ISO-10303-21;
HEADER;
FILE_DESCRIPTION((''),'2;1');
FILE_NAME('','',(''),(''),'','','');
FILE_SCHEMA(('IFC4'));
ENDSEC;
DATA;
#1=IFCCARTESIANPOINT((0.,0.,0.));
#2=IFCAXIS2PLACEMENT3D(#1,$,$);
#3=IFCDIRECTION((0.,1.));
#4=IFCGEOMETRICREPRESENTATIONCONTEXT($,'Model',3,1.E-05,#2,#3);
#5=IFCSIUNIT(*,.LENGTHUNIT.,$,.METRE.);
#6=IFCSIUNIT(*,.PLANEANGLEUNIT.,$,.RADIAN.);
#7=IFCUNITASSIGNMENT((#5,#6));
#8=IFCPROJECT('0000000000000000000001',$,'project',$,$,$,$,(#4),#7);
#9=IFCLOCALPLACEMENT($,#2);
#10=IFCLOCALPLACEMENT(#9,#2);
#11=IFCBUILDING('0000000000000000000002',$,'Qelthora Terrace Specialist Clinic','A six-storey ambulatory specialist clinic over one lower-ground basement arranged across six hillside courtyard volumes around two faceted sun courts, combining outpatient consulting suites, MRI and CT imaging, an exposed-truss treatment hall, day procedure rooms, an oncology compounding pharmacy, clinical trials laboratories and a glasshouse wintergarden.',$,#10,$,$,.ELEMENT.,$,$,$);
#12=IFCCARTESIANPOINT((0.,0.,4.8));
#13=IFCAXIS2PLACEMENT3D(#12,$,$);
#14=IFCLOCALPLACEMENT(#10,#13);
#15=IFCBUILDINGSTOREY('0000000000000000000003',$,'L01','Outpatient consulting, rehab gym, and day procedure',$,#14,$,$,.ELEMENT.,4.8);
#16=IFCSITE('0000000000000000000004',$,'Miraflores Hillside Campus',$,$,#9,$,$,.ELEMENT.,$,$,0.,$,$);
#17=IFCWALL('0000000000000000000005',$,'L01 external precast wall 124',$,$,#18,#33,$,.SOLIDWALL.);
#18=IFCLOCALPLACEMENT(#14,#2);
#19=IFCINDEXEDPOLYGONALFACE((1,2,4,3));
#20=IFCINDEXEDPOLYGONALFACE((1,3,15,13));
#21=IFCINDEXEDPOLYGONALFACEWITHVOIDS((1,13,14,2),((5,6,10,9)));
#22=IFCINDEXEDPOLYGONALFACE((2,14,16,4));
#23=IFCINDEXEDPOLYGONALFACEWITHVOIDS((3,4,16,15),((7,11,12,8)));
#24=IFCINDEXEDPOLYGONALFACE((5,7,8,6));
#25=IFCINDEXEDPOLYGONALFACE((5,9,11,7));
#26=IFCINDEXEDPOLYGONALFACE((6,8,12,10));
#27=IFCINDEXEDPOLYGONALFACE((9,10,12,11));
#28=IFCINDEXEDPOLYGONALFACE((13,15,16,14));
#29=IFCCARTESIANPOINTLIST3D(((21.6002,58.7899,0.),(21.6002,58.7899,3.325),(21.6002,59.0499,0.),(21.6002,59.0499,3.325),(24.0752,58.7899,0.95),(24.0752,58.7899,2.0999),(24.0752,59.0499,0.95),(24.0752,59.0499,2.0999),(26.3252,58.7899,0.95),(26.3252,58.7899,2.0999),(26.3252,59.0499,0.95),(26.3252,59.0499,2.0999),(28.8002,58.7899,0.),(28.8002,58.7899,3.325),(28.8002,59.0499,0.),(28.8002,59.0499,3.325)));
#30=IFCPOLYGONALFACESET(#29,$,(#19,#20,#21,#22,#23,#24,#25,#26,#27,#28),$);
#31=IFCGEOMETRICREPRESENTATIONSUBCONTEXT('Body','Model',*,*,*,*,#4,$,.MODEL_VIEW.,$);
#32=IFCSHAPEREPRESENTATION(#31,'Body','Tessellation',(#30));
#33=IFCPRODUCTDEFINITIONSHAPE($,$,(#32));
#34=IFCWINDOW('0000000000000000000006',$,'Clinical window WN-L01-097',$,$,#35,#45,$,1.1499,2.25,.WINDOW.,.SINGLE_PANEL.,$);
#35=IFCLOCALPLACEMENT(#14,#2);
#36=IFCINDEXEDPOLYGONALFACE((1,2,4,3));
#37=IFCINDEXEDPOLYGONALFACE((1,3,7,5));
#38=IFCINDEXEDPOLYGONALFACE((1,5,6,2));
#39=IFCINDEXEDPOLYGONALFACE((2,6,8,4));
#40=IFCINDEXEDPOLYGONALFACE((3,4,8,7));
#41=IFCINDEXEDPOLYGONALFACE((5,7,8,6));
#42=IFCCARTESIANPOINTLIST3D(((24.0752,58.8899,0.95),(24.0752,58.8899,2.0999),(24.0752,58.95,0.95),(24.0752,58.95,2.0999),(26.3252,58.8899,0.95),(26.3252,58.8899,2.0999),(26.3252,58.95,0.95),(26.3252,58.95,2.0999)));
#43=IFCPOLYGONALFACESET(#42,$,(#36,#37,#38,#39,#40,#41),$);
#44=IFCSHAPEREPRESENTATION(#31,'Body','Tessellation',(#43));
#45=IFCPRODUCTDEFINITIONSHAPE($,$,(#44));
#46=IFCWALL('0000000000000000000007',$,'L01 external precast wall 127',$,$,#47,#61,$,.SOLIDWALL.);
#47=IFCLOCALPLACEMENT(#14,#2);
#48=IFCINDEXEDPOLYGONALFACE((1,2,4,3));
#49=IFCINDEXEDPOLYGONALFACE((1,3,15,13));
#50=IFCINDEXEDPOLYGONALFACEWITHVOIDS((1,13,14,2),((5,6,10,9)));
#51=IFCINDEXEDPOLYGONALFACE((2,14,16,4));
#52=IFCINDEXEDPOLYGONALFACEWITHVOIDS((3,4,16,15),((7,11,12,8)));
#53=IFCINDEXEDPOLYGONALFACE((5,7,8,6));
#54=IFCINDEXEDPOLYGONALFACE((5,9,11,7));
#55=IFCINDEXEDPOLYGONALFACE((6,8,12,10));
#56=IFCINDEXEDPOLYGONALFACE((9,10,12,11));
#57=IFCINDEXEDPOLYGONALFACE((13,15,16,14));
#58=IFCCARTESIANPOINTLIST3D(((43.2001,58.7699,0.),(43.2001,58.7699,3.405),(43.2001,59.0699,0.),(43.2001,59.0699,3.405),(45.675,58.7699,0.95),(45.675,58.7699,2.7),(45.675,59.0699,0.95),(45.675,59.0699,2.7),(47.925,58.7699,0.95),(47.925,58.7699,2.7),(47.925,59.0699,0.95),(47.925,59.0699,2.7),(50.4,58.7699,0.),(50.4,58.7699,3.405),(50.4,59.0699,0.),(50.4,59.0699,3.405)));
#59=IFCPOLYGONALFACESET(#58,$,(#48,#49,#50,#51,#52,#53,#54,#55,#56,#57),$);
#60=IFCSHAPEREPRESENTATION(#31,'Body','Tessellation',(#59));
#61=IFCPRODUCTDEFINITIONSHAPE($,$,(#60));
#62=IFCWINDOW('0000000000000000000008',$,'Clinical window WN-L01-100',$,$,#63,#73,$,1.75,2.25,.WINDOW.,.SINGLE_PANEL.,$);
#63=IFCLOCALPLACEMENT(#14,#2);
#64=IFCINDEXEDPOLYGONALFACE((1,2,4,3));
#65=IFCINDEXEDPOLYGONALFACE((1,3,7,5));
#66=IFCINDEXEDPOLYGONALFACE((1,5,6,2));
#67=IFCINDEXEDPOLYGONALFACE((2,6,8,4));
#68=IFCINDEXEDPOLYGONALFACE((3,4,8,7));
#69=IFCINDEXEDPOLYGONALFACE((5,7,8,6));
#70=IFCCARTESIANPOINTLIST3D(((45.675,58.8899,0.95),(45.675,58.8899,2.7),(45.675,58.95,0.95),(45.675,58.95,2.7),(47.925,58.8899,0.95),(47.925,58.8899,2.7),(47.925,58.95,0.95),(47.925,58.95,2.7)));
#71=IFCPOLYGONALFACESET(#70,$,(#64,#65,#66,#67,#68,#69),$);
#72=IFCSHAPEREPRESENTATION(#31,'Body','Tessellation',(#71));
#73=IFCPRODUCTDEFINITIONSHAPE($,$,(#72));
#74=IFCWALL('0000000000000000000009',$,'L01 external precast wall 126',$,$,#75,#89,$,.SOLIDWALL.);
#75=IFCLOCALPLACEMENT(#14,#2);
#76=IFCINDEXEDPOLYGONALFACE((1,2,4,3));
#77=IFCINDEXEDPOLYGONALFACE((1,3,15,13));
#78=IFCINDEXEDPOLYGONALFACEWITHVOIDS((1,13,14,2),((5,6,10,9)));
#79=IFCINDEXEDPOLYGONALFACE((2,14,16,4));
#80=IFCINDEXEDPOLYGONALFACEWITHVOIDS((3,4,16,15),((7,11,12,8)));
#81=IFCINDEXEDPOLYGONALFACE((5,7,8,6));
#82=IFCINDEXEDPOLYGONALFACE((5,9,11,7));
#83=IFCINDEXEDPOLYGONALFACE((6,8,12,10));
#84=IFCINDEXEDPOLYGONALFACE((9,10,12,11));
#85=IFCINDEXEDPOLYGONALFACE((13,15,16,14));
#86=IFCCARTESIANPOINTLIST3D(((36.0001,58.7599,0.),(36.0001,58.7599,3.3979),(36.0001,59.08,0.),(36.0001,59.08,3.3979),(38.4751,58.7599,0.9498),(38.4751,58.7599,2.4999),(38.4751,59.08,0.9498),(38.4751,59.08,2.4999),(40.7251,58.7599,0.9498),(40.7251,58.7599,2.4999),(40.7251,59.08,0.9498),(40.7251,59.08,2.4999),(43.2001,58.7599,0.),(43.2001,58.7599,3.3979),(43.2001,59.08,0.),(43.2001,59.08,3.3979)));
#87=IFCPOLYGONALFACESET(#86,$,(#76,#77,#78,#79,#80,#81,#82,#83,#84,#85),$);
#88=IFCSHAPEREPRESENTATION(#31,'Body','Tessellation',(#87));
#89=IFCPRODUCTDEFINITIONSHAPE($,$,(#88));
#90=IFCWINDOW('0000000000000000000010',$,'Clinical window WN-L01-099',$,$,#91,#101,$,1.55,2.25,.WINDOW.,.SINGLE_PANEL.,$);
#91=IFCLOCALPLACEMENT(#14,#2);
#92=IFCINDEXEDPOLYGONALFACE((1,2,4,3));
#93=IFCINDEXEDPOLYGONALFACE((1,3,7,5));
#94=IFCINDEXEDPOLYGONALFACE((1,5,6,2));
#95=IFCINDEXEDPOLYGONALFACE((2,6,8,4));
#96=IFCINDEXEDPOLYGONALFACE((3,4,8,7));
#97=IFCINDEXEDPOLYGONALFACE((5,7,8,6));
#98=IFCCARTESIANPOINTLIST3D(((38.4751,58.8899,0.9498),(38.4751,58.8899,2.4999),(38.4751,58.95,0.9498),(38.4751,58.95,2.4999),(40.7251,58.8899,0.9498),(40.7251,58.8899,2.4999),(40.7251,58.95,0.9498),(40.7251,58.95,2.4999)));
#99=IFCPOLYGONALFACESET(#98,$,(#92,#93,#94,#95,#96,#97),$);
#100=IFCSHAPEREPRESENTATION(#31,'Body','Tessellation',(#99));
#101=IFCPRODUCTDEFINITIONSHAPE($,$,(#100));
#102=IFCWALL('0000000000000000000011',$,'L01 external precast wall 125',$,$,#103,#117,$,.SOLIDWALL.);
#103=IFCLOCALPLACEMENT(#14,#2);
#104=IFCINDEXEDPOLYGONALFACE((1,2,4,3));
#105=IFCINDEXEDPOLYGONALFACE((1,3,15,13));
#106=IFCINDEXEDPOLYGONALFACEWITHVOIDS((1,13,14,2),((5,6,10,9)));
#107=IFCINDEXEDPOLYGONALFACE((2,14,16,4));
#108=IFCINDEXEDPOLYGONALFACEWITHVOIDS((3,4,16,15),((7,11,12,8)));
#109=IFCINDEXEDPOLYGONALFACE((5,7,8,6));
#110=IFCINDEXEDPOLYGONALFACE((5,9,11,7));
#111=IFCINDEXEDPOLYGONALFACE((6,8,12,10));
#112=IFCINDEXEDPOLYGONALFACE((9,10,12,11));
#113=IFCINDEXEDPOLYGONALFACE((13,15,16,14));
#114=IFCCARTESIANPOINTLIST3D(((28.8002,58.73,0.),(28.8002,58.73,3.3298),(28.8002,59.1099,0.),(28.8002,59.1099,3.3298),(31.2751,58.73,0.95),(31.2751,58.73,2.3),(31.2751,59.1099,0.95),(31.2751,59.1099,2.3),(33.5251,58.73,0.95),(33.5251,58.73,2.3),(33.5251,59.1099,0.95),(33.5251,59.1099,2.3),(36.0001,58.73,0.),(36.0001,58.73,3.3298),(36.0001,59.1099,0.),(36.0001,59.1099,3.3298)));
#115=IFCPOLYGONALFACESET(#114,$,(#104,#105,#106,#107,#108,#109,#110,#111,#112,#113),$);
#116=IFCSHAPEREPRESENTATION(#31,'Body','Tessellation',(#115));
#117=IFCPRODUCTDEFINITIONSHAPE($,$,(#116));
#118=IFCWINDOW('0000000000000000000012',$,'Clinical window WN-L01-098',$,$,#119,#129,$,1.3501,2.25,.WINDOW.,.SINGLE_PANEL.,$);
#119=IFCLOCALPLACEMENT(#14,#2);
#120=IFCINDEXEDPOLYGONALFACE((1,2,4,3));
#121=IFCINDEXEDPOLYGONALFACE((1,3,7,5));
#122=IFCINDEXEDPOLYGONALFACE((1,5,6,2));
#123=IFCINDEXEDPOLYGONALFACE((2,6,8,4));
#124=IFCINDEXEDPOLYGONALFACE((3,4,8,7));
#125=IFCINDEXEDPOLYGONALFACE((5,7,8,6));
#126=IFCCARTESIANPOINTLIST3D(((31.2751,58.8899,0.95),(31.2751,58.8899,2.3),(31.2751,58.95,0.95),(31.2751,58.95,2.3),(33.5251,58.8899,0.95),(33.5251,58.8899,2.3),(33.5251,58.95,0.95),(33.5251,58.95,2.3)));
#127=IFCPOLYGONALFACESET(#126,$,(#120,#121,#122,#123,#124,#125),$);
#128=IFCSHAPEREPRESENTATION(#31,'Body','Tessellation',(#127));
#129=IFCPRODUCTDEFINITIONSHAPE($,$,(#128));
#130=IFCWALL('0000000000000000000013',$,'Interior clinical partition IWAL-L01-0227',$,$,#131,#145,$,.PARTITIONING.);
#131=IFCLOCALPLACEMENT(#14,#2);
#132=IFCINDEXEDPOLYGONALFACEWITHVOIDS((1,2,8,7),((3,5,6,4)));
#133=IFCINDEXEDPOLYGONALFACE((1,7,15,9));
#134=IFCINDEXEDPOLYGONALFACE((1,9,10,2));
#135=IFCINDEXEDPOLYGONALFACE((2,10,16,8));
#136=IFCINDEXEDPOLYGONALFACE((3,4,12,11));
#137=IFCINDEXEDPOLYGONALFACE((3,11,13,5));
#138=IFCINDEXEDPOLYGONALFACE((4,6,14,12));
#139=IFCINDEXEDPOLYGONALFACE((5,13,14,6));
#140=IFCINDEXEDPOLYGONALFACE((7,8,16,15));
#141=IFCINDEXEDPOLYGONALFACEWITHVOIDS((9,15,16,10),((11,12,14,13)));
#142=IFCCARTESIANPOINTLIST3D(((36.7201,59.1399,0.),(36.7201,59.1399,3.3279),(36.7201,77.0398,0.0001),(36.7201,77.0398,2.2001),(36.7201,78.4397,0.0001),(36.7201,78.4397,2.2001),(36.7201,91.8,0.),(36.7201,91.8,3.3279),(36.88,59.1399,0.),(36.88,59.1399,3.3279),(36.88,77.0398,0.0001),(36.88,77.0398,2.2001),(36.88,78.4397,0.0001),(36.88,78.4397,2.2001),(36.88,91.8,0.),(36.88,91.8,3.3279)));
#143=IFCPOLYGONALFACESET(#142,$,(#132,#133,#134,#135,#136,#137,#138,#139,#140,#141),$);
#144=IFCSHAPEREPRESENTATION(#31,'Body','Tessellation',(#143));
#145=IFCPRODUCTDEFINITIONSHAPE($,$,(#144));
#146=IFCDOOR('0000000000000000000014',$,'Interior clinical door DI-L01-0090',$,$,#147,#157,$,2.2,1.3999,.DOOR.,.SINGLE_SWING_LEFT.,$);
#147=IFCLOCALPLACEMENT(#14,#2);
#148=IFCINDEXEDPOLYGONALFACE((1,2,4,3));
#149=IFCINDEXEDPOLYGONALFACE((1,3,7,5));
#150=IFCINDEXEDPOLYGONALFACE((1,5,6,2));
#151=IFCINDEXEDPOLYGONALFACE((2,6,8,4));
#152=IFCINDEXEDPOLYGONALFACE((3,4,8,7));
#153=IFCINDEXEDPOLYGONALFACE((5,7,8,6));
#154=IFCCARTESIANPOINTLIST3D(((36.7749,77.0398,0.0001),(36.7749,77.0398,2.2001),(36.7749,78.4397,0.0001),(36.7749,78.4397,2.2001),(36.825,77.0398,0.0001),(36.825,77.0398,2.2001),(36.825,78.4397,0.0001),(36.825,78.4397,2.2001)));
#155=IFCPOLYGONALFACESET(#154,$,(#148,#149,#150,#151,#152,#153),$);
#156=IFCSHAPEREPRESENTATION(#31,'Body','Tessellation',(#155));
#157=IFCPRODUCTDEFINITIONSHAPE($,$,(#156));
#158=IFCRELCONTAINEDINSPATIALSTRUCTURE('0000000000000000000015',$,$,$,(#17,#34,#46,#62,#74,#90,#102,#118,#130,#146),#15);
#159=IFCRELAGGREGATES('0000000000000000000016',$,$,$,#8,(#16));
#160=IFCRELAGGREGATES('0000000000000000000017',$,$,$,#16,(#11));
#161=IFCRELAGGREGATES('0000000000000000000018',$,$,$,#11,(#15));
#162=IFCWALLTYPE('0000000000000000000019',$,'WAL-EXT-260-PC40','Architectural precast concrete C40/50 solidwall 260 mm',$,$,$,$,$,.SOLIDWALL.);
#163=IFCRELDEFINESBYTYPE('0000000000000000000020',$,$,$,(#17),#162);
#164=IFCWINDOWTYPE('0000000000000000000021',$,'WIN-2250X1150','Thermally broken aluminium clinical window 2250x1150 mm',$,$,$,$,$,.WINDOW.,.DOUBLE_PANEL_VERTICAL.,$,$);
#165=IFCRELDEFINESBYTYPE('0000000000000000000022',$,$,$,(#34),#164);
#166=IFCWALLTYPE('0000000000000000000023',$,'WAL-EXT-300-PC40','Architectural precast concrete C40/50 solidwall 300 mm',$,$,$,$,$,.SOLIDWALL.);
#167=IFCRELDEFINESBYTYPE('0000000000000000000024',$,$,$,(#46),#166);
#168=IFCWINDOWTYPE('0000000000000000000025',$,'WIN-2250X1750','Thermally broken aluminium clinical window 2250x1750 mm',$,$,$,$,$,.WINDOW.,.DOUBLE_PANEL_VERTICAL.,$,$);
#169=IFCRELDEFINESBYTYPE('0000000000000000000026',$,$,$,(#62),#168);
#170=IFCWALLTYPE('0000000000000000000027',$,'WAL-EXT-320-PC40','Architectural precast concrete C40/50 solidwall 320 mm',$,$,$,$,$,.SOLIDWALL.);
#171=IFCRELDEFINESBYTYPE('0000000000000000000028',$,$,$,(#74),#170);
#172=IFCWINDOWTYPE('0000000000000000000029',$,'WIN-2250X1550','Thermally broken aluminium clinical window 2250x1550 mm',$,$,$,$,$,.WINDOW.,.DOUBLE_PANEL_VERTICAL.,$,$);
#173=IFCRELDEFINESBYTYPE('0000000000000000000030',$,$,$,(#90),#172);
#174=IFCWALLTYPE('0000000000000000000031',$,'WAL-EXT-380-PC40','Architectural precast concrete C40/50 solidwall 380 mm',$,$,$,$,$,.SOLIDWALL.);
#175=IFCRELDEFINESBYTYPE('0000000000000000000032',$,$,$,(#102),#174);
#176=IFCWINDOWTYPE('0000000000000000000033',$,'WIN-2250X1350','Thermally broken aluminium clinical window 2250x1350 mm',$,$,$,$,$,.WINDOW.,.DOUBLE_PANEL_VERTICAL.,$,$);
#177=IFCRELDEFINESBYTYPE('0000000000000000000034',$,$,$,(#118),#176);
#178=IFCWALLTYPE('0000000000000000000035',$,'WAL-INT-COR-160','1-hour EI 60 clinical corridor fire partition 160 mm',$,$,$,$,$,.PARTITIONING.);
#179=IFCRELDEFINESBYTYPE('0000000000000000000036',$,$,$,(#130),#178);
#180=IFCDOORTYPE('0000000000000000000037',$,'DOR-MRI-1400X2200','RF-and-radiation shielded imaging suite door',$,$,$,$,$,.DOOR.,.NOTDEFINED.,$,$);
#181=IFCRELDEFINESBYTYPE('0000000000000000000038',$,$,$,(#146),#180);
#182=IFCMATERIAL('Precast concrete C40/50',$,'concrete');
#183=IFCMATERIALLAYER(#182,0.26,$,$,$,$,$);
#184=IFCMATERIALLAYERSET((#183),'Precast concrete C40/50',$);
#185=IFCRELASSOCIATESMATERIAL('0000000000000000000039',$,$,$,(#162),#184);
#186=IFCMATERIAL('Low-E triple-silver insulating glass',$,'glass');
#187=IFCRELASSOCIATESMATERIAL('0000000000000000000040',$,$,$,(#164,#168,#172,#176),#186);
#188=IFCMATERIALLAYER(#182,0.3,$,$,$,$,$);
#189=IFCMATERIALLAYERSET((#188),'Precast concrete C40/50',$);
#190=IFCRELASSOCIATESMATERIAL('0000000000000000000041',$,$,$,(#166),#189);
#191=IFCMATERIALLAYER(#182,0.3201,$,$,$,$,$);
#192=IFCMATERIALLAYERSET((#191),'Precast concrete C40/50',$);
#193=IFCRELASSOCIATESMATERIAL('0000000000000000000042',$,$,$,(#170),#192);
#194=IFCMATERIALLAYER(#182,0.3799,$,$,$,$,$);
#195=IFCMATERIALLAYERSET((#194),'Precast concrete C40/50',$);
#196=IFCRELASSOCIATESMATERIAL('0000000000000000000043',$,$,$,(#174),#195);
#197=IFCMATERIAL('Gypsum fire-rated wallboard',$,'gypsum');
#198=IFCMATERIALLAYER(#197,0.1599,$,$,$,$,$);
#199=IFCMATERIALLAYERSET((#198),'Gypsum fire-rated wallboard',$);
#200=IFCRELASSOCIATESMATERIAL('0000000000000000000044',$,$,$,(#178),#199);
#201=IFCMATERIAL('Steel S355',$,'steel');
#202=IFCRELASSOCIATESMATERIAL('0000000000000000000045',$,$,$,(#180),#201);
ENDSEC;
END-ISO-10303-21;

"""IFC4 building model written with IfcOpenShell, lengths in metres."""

from ifc_helpers import new_model, si_unit, direction, frame, frame_2d, origin, place, context, subcontext, project, spatial, rectangle, extrude, material, layer, layer_set, type_object, element, fill, save


model = new_model("IFC4")

# Units and contexts
model_context = context("Model", 3, precision=1e-05, world=origin(), true_north=direction((0.0, 1.0)))
body_context = subcontext(model_context, "Body", "Model", "MODEL_VIEW")
ifc_project = project(units=[si_unit("LENGTHUNIT", "METRE"), si_unit("PLANEANGLEUNIT", "RADIAN")], contexts=[model_context])

# Site, building, storey
site_placement = place(None, origin())
site = spatial("IfcSite", under=ifc_project, at=site_placement, Name="Miraflores Hillside Campus", CompositionType="ELEMENT", RefElevation=0.0)
building_placement = place(site_placement, origin())
building = spatial("IfcBuilding", under=site, at=building_placement, Name="Qelthora Terrace Specialist Clinic", Description="A six-storey ambulatory specialist clinic over one lower-ground basement arranged across six hillside courtyard volumes around two faceted sun courts, combining outpatient consulting suites, MRI and CT imaging, an exposed-truss treatment hall, day procedure rooms, an oncology compounding pharmacy, clinical trials laboratories and a glasshouse wintergarden.", CompositionType="ELEMENT")
storey_placement = place(building_placement, frame((0.0, 0.0, 4.8)))
storey = spatial("IfcBuildingStorey", under=building, at=storey_placement, Name="L01", Description="Outpatient consulting, rehab gym, and day procedure", CompositionType="ELEMENT", Elevation=4.8)

# Shared definitions
ifc_material_1 = material(Name="Steel S355", Category="steel")

# Walls, openings, windows
ifc_material_2 = material(Name="Precast concrete C40/50", Category="concrete")
ifc_layer_1 = layer(ifc_material_2, 0.26)
ifc_layer_set_1 = layer_set([ifc_layer_1], Name="Precast concrete C40/50")
wall_type_1 = type_object("IfcWallType", Name="WAL-EXT-260-PC40", Description="Architectural precast concrete C40/50 solidwall 260 mm", PredefinedType="SOLIDWALL", material=ifc_layer_set_1)
wall_1_placement = place(storey_placement, frame((21.6001, 58.9199, 0.0), z_axis=(0.0, 0.0, 1.0), x_axis=(1.0, 0.0, 0.0)))
wall_1 = element("IfcWall", 1, at=wall_1_placement, inside=storey, type_object=wall_type_1, Name="L01 external precast wall 124", PredefinedType="SOLIDWALL", context=body_context, shape_type="SweptSolid", body=[
    extrude(rectangle(XDim=7.2, YDim=0.26, at=frame_2d((3.6001, 0.0))), origin(), (0.0, 0.0, 1.0), 3.325),
])
opening_1_placement = place(wall_1_placement, frame((2.4751, 0.0, 0.95)))
opening_1 = element("IfcOpeningElement", 2, at=opening_1_placement, cuts=wall_1, PredefinedType="OPENING", context=body_context, shape_type="SweptSolid", body=[
    extrude(rectangle(XDim=2.25, YDim=1.1499, at=frame_2d((1.125, 0.575))), frame((0.0, 0.1399, 0.0), z_axis=(0.0, -1.0, 0.0), x_axis=(1.0, 0.0, 0.0)), (0.0, 0.0, 1.0), 0.28),
])
ifc_material_3 = material(Name="Low-E triple-silver insulating glass", Category="glass")
window_type_1 = type_object("IfcWindowType", Name="WIN-2250X1150", Description="Thermally broken aluminium clinical window 2250x1150 mm", PartitioningType="DOUBLE_PANEL_VERTICAL", PredefinedType="WINDOW", material=ifc_material_3)
window_1_placement = place(opening_1_placement, origin())
window_1 = element("IfcWindow", 3, at=window_1_placement, inside=storey, type_object=window_type_1, Name="Clinical window WN-L01-097", OverallHeight=1.1499, OverallWidth=2.25, PartitioningType="SINGLE_PANEL", PredefinedType="WINDOW", context=body_context, shape_type="SweptSolid", body=[
    extrude(rectangle(XDim=2.25, YDim=1.1499, at=frame_2d((1.125, 0.575))), frame((0.0, 0.03, 0.0), z_axis=(0.0, -1.0, 0.0), x_axis=(1.0, 0.0, 0.0)), (0.0, 0.0, 1.0), 0.0601),
])
fill(opening_1, window_1)
ifc_layer_2 = layer(ifc_material_2, 0.3)
ifc_layer_set_2 = layer_set([ifc_layer_2], Name="Precast concrete C40/50")
wall_type_2 = type_object("IfcWallType", Name="WAL-EXT-300-PC40", Description="Architectural precast concrete C40/50 solidwall 300 mm", PredefinedType="SOLIDWALL", material=ifc_layer_set_2)
wall_2_placement = place(storey_placement, frame((43.2, 58.9199, 0.0), z_axis=(0.0, 0.0, 1.0), x_axis=(1.0, 0.0, 0.0)))
wall_2 = element("IfcWall", 4, at=wall_2_placement, inside=storey, type_object=wall_type_2, Name="L01 external precast wall 127", PredefinedType="SOLIDWALL", context=body_context, shape_type="SweptSolid", body=[
    extrude(rectangle(XDim=7.2, YDim=0.3, at=frame_2d((3.6001, 0.0))), origin(), (0.0, 0.0, 1.0), 3.405),
])
opening_2_placement = place(wall_2_placement, frame((2.4751, 0.0, 0.95)))
opening_2 = element("IfcOpeningElement", 5, at=opening_2_placement, cuts=wall_2, PredefinedType="OPENING", context=body_context, shape_type="SweptSolid", body=[
    extrude(rectangle(XDim=2.25, YDim=1.75, at=frame_2d((1.125, 0.875))), frame((0.0, 0.1599, 0.0), z_axis=(0.0, -1.0, 0.0), x_axis=(1.0, 0.0, 0.0)), (0.0, 0.0, 1.0), 0.3201),
])
window_type_2 = type_object("IfcWindowType", Name="WIN-2250X1750", Description="Thermally broken aluminium clinical window 2250x1750 mm", PartitioningType="DOUBLE_PANEL_VERTICAL", PredefinedType="WINDOW", material=ifc_material_3)
window_2_placement = place(opening_2_placement, origin())
window_2 = element("IfcWindow", 6, at=window_2_placement, inside=storey, type_object=window_type_2, Name="Clinical window WN-L01-100", OverallHeight=1.75, OverallWidth=2.25, PartitioningType="SINGLE_PANEL", PredefinedType="WINDOW", context=body_context, shape_type="SweptSolid", body=[
    extrude(rectangle(XDim=2.25, YDim=1.75, at=frame_2d((1.125, 0.875))), frame((0.0, 0.03, 0.0), z_axis=(0.0, -1.0, 0.0), x_axis=(1.0, 0.0, 0.0)), (0.0, 0.0, 1.0), 0.0601),
])
fill(opening_2, window_2)
ifc_layer_3 = layer(ifc_material_2, 0.3201)
ifc_layer_set_3 = layer_set([ifc_layer_3], Name="Precast concrete C40/50")
wall_type_3 = type_object("IfcWallType", Name="WAL-EXT-320-PC40", Description="Architectural precast concrete C40/50 solidwall 320 mm", PredefinedType="SOLIDWALL", material=ifc_layer_set_3)
wall_3_placement = place(storey_placement, frame((36.0, 58.9199, 0.0), z_axis=(0.0, 0.0, 1.0), x_axis=(1.0, 0.0, 0.0)))
wall_3 = element("IfcWall", 7, at=wall_3_placement, inside=storey, type_object=wall_type_3, Name="L01 external precast wall 126", PredefinedType="SOLIDWALL", context=body_context, shape_type="SweptSolid", body=[
    extrude(rectangle(XDim=7.2, YDim=0.3201, at=frame_2d((3.6001, 0.0))), origin(), (0.0, 0.0, 1.0), 3.3979),
])
opening_3_placement = place(wall_3_placement, frame((2.4751, 0.0, 0.95)))
opening_3 = element("IfcOpeningElement", 8, at=opening_3_placement, cuts=wall_3, PredefinedType="OPENING", context=body_context, shape_type="SweptSolid", body=[
    extrude(rectangle(XDim=2.25, YDim=1.55, at=frame_2d((1.125, 0.7749))), frame((0.0, 0.1699, 0.0), z_axis=(0.0, -1.0, 0.0), x_axis=(1.0, 0.0, 0.0)), (0.0, 0.0, 1.0), 0.3401),
])
window_type_3 = type_object("IfcWindowType", Name="WIN-2250X1550", Description="Thermally broken aluminium clinical window 2250x1550 mm", PartitioningType="DOUBLE_PANEL_VERTICAL", PredefinedType="WINDOW", material=ifc_material_3)
window_3_placement = place(opening_3_placement, origin())
window_3 = element("IfcWindow", 9, at=window_3_placement, inside=storey, type_object=window_type_3, Name="Clinical window WN-L01-099", OverallHeight=1.55, OverallWidth=2.25, PartitioningType="SINGLE_PANEL", PredefinedType="WINDOW", context=body_context, shape_type="SweptSolid", body=[
    extrude(rectangle(XDim=2.25, YDim=1.55, at=frame_2d((1.125, 0.7749))), frame((0.0, 0.03, 0.0), z_axis=(0.0, -1.0, 0.0), x_axis=(1.0, 0.0, 0.0)), (0.0, 0.0, 1.0), 0.0601),
])
fill(opening_3, window_3)
ifc_layer_4 = layer(ifc_material_2, 0.3799)
ifc_layer_set_4 = layer_set([ifc_layer_4], Name="Precast concrete C40/50")
wall_type_4 = type_object("IfcWallType", Name="WAL-EXT-380-PC40", Description="Architectural precast concrete C40/50 solidwall 380 mm", PredefinedType="SOLIDWALL", material=ifc_layer_set_4)
wall_4_placement = place(storey_placement, frame((28.8, 58.9199, 0.0), z_axis=(0.0, 0.0, 1.0), x_axis=(1.0, 0.0, 0.0)))
wall_4 = element("IfcWall", 10, at=wall_4_placement, inside=storey, type_object=wall_type_4, Name="L01 external precast wall 125", PredefinedType="SOLIDWALL", context=body_context, shape_type="SweptSolid", body=[
    extrude(rectangle(XDim=7.2, YDim=0.3799, at=frame_2d((3.6001, 0.0))), origin(), (0.0, 0.0, 1.0), 3.3298),
])
opening_4_placement = place(wall_4_placement, frame((2.4751, 0.0, 0.95)))
opening_4 = element("IfcOpeningElement", 11, at=opening_4_placement, cuts=wall_4, PredefinedType="OPENING", context=body_context, shape_type="SweptSolid", body=[
    extrude(rectangle(XDim=2.25, YDim=1.3501, at=frame_2d((1.125, 0.675))), frame((0.0, 0.2, 0.0), z_axis=(0.0, -1.0, 0.0), x_axis=(1.0, 0.0, 0.0)), (0.0, 0.0, 1.0), 0.3999),
])
window_type_4 = type_object("IfcWindowType", Name="WIN-2250X1350", Description="Thermally broken aluminium clinical window 2250x1350 mm", PartitioningType="DOUBLE_PANEL_VERTICAL", PredefinedType="WINDOW", material=ifc_material_3)
window_4_placement = place(opening_4_placement, origin())
window_4 = element("IfcWindow", 12, at=window_4_placement, inside=storey, type_object=window_type_4, Name="Clinical window WN-L01-098", OverallHeight=1.3501, OverallWidth=2.25, PartitioningType="SINGLE_PANEL", PredefinedType="WINDOW", context=body_context, shape_type="SweptSolid", body=[
    extrude(rectangle(XDim=2.25, YDim=1.3501, at=frame_2d((1.125, 0.675))), frame((0.0, 0.03, 0.0), z_axis=(0.0, -1.0, 0.0), x_axis=(1.0, 0.0, 0.0)), (0.0, 0.0, 1.0), 0.0601),
])
fill(opening_4, window_4)

# Wall, opening, door
ifc_material_4 = material(Name="Gypsum fire-rated wallboard", Category="gypsum")
ifc_layer_5 = layer(ifc_material_4, 0.1599)
ifc_layer_set_5 = layer_set([ifc_layer_5], Name="Gypsum fire-rated wallboard")
wall_type_5 = type_object("IfcWallType", Name="WAL-INT-COR-160", Description="1-hour EI 60 clinical corridor fire partition 160 mm", PredefinedType="PARTITIONING", material=ifc_layer_set_5)
wall_5_placement = place(storey_placement, frame((36.8, 59.1399, 0.0), z_axis=(0.0, 0.0, 1.0), x_axis=(0.0, 1.0, 0.0)))
wall_5 = element("IfcWall", 13, at=wall_5_placement, inside=storey, type_object=wall_type_5, Name="Interior clinical partition IWAL-L01-0227", PredefinedType="PARTITIONING", context=body_context, shape_type="SweptSolid", body=[
    extrude(rectangle(XDim=32.6602, YDim=0.1599, at=frame_2d((16.3301, 0.0))), origin(), (0.0, 0.0, 1.0), 3.3279),
])
opening_5_placement = place(wall_5_placement, frame((17.8999, 0.0, 0.0)))
opening_5 = element("IfcOpeningElement", 14, at=opening_5_placement, cuts=wall_5, PredefinedType="OPENING", context=body_context, shape_type="SweptSolid", body=[
    extrude(rectangle(XDim=1.3999, YDim=2.2, at=frame_2d((0.7, 1.1001))), frame((0.0, 0.0898, 0.0), z_axis=(0.0, -1.0, 0.0), x_axis=(1.0, 0.0, 0.0)), (0.0, 0.0, 1.0), 0.1799),
])
door_type = type_object("IfcDoorType", Name="DOR-MRI-1400X2200", Description="RF-and-radiation shielded imaging suite door", OperationType="NOTDEFINED", PredefinedType="DOOR", material=ifc_material_1)
door_placement = place(opening_5_placement, frame((1.3999, 0.0, 0.0), z_axis=(0.0, 0.0, 1.0), x_axis=(-1.0, 0.0, 0.0)))
door = element("IfcDoor", 15, at=door_placement, inside=storey, type_object=door_type, Name="Interior clinical door DI-L01-0090", OperationType="SINGLE_SWING_LEFT", OverallHeight=2.2, OverallWidth=1.3999, PredefinedType="DOOR", context=body_context, shape_type="SweptSolid", body=[
    extrude(rectangle(XDim=1.3999, YDim=2.2, at=frame_2d((0.7, 1.1001))), frame((0.0, 0.0249, 0.0), z_axis=(0.0, -1.0, 0.0), x_axis=(1.0, 0.0, 0.0)), (0.0, 0.0, 1.0), 0.05),
])
fill(opening_5, door)

save(model, "model.ifc")
